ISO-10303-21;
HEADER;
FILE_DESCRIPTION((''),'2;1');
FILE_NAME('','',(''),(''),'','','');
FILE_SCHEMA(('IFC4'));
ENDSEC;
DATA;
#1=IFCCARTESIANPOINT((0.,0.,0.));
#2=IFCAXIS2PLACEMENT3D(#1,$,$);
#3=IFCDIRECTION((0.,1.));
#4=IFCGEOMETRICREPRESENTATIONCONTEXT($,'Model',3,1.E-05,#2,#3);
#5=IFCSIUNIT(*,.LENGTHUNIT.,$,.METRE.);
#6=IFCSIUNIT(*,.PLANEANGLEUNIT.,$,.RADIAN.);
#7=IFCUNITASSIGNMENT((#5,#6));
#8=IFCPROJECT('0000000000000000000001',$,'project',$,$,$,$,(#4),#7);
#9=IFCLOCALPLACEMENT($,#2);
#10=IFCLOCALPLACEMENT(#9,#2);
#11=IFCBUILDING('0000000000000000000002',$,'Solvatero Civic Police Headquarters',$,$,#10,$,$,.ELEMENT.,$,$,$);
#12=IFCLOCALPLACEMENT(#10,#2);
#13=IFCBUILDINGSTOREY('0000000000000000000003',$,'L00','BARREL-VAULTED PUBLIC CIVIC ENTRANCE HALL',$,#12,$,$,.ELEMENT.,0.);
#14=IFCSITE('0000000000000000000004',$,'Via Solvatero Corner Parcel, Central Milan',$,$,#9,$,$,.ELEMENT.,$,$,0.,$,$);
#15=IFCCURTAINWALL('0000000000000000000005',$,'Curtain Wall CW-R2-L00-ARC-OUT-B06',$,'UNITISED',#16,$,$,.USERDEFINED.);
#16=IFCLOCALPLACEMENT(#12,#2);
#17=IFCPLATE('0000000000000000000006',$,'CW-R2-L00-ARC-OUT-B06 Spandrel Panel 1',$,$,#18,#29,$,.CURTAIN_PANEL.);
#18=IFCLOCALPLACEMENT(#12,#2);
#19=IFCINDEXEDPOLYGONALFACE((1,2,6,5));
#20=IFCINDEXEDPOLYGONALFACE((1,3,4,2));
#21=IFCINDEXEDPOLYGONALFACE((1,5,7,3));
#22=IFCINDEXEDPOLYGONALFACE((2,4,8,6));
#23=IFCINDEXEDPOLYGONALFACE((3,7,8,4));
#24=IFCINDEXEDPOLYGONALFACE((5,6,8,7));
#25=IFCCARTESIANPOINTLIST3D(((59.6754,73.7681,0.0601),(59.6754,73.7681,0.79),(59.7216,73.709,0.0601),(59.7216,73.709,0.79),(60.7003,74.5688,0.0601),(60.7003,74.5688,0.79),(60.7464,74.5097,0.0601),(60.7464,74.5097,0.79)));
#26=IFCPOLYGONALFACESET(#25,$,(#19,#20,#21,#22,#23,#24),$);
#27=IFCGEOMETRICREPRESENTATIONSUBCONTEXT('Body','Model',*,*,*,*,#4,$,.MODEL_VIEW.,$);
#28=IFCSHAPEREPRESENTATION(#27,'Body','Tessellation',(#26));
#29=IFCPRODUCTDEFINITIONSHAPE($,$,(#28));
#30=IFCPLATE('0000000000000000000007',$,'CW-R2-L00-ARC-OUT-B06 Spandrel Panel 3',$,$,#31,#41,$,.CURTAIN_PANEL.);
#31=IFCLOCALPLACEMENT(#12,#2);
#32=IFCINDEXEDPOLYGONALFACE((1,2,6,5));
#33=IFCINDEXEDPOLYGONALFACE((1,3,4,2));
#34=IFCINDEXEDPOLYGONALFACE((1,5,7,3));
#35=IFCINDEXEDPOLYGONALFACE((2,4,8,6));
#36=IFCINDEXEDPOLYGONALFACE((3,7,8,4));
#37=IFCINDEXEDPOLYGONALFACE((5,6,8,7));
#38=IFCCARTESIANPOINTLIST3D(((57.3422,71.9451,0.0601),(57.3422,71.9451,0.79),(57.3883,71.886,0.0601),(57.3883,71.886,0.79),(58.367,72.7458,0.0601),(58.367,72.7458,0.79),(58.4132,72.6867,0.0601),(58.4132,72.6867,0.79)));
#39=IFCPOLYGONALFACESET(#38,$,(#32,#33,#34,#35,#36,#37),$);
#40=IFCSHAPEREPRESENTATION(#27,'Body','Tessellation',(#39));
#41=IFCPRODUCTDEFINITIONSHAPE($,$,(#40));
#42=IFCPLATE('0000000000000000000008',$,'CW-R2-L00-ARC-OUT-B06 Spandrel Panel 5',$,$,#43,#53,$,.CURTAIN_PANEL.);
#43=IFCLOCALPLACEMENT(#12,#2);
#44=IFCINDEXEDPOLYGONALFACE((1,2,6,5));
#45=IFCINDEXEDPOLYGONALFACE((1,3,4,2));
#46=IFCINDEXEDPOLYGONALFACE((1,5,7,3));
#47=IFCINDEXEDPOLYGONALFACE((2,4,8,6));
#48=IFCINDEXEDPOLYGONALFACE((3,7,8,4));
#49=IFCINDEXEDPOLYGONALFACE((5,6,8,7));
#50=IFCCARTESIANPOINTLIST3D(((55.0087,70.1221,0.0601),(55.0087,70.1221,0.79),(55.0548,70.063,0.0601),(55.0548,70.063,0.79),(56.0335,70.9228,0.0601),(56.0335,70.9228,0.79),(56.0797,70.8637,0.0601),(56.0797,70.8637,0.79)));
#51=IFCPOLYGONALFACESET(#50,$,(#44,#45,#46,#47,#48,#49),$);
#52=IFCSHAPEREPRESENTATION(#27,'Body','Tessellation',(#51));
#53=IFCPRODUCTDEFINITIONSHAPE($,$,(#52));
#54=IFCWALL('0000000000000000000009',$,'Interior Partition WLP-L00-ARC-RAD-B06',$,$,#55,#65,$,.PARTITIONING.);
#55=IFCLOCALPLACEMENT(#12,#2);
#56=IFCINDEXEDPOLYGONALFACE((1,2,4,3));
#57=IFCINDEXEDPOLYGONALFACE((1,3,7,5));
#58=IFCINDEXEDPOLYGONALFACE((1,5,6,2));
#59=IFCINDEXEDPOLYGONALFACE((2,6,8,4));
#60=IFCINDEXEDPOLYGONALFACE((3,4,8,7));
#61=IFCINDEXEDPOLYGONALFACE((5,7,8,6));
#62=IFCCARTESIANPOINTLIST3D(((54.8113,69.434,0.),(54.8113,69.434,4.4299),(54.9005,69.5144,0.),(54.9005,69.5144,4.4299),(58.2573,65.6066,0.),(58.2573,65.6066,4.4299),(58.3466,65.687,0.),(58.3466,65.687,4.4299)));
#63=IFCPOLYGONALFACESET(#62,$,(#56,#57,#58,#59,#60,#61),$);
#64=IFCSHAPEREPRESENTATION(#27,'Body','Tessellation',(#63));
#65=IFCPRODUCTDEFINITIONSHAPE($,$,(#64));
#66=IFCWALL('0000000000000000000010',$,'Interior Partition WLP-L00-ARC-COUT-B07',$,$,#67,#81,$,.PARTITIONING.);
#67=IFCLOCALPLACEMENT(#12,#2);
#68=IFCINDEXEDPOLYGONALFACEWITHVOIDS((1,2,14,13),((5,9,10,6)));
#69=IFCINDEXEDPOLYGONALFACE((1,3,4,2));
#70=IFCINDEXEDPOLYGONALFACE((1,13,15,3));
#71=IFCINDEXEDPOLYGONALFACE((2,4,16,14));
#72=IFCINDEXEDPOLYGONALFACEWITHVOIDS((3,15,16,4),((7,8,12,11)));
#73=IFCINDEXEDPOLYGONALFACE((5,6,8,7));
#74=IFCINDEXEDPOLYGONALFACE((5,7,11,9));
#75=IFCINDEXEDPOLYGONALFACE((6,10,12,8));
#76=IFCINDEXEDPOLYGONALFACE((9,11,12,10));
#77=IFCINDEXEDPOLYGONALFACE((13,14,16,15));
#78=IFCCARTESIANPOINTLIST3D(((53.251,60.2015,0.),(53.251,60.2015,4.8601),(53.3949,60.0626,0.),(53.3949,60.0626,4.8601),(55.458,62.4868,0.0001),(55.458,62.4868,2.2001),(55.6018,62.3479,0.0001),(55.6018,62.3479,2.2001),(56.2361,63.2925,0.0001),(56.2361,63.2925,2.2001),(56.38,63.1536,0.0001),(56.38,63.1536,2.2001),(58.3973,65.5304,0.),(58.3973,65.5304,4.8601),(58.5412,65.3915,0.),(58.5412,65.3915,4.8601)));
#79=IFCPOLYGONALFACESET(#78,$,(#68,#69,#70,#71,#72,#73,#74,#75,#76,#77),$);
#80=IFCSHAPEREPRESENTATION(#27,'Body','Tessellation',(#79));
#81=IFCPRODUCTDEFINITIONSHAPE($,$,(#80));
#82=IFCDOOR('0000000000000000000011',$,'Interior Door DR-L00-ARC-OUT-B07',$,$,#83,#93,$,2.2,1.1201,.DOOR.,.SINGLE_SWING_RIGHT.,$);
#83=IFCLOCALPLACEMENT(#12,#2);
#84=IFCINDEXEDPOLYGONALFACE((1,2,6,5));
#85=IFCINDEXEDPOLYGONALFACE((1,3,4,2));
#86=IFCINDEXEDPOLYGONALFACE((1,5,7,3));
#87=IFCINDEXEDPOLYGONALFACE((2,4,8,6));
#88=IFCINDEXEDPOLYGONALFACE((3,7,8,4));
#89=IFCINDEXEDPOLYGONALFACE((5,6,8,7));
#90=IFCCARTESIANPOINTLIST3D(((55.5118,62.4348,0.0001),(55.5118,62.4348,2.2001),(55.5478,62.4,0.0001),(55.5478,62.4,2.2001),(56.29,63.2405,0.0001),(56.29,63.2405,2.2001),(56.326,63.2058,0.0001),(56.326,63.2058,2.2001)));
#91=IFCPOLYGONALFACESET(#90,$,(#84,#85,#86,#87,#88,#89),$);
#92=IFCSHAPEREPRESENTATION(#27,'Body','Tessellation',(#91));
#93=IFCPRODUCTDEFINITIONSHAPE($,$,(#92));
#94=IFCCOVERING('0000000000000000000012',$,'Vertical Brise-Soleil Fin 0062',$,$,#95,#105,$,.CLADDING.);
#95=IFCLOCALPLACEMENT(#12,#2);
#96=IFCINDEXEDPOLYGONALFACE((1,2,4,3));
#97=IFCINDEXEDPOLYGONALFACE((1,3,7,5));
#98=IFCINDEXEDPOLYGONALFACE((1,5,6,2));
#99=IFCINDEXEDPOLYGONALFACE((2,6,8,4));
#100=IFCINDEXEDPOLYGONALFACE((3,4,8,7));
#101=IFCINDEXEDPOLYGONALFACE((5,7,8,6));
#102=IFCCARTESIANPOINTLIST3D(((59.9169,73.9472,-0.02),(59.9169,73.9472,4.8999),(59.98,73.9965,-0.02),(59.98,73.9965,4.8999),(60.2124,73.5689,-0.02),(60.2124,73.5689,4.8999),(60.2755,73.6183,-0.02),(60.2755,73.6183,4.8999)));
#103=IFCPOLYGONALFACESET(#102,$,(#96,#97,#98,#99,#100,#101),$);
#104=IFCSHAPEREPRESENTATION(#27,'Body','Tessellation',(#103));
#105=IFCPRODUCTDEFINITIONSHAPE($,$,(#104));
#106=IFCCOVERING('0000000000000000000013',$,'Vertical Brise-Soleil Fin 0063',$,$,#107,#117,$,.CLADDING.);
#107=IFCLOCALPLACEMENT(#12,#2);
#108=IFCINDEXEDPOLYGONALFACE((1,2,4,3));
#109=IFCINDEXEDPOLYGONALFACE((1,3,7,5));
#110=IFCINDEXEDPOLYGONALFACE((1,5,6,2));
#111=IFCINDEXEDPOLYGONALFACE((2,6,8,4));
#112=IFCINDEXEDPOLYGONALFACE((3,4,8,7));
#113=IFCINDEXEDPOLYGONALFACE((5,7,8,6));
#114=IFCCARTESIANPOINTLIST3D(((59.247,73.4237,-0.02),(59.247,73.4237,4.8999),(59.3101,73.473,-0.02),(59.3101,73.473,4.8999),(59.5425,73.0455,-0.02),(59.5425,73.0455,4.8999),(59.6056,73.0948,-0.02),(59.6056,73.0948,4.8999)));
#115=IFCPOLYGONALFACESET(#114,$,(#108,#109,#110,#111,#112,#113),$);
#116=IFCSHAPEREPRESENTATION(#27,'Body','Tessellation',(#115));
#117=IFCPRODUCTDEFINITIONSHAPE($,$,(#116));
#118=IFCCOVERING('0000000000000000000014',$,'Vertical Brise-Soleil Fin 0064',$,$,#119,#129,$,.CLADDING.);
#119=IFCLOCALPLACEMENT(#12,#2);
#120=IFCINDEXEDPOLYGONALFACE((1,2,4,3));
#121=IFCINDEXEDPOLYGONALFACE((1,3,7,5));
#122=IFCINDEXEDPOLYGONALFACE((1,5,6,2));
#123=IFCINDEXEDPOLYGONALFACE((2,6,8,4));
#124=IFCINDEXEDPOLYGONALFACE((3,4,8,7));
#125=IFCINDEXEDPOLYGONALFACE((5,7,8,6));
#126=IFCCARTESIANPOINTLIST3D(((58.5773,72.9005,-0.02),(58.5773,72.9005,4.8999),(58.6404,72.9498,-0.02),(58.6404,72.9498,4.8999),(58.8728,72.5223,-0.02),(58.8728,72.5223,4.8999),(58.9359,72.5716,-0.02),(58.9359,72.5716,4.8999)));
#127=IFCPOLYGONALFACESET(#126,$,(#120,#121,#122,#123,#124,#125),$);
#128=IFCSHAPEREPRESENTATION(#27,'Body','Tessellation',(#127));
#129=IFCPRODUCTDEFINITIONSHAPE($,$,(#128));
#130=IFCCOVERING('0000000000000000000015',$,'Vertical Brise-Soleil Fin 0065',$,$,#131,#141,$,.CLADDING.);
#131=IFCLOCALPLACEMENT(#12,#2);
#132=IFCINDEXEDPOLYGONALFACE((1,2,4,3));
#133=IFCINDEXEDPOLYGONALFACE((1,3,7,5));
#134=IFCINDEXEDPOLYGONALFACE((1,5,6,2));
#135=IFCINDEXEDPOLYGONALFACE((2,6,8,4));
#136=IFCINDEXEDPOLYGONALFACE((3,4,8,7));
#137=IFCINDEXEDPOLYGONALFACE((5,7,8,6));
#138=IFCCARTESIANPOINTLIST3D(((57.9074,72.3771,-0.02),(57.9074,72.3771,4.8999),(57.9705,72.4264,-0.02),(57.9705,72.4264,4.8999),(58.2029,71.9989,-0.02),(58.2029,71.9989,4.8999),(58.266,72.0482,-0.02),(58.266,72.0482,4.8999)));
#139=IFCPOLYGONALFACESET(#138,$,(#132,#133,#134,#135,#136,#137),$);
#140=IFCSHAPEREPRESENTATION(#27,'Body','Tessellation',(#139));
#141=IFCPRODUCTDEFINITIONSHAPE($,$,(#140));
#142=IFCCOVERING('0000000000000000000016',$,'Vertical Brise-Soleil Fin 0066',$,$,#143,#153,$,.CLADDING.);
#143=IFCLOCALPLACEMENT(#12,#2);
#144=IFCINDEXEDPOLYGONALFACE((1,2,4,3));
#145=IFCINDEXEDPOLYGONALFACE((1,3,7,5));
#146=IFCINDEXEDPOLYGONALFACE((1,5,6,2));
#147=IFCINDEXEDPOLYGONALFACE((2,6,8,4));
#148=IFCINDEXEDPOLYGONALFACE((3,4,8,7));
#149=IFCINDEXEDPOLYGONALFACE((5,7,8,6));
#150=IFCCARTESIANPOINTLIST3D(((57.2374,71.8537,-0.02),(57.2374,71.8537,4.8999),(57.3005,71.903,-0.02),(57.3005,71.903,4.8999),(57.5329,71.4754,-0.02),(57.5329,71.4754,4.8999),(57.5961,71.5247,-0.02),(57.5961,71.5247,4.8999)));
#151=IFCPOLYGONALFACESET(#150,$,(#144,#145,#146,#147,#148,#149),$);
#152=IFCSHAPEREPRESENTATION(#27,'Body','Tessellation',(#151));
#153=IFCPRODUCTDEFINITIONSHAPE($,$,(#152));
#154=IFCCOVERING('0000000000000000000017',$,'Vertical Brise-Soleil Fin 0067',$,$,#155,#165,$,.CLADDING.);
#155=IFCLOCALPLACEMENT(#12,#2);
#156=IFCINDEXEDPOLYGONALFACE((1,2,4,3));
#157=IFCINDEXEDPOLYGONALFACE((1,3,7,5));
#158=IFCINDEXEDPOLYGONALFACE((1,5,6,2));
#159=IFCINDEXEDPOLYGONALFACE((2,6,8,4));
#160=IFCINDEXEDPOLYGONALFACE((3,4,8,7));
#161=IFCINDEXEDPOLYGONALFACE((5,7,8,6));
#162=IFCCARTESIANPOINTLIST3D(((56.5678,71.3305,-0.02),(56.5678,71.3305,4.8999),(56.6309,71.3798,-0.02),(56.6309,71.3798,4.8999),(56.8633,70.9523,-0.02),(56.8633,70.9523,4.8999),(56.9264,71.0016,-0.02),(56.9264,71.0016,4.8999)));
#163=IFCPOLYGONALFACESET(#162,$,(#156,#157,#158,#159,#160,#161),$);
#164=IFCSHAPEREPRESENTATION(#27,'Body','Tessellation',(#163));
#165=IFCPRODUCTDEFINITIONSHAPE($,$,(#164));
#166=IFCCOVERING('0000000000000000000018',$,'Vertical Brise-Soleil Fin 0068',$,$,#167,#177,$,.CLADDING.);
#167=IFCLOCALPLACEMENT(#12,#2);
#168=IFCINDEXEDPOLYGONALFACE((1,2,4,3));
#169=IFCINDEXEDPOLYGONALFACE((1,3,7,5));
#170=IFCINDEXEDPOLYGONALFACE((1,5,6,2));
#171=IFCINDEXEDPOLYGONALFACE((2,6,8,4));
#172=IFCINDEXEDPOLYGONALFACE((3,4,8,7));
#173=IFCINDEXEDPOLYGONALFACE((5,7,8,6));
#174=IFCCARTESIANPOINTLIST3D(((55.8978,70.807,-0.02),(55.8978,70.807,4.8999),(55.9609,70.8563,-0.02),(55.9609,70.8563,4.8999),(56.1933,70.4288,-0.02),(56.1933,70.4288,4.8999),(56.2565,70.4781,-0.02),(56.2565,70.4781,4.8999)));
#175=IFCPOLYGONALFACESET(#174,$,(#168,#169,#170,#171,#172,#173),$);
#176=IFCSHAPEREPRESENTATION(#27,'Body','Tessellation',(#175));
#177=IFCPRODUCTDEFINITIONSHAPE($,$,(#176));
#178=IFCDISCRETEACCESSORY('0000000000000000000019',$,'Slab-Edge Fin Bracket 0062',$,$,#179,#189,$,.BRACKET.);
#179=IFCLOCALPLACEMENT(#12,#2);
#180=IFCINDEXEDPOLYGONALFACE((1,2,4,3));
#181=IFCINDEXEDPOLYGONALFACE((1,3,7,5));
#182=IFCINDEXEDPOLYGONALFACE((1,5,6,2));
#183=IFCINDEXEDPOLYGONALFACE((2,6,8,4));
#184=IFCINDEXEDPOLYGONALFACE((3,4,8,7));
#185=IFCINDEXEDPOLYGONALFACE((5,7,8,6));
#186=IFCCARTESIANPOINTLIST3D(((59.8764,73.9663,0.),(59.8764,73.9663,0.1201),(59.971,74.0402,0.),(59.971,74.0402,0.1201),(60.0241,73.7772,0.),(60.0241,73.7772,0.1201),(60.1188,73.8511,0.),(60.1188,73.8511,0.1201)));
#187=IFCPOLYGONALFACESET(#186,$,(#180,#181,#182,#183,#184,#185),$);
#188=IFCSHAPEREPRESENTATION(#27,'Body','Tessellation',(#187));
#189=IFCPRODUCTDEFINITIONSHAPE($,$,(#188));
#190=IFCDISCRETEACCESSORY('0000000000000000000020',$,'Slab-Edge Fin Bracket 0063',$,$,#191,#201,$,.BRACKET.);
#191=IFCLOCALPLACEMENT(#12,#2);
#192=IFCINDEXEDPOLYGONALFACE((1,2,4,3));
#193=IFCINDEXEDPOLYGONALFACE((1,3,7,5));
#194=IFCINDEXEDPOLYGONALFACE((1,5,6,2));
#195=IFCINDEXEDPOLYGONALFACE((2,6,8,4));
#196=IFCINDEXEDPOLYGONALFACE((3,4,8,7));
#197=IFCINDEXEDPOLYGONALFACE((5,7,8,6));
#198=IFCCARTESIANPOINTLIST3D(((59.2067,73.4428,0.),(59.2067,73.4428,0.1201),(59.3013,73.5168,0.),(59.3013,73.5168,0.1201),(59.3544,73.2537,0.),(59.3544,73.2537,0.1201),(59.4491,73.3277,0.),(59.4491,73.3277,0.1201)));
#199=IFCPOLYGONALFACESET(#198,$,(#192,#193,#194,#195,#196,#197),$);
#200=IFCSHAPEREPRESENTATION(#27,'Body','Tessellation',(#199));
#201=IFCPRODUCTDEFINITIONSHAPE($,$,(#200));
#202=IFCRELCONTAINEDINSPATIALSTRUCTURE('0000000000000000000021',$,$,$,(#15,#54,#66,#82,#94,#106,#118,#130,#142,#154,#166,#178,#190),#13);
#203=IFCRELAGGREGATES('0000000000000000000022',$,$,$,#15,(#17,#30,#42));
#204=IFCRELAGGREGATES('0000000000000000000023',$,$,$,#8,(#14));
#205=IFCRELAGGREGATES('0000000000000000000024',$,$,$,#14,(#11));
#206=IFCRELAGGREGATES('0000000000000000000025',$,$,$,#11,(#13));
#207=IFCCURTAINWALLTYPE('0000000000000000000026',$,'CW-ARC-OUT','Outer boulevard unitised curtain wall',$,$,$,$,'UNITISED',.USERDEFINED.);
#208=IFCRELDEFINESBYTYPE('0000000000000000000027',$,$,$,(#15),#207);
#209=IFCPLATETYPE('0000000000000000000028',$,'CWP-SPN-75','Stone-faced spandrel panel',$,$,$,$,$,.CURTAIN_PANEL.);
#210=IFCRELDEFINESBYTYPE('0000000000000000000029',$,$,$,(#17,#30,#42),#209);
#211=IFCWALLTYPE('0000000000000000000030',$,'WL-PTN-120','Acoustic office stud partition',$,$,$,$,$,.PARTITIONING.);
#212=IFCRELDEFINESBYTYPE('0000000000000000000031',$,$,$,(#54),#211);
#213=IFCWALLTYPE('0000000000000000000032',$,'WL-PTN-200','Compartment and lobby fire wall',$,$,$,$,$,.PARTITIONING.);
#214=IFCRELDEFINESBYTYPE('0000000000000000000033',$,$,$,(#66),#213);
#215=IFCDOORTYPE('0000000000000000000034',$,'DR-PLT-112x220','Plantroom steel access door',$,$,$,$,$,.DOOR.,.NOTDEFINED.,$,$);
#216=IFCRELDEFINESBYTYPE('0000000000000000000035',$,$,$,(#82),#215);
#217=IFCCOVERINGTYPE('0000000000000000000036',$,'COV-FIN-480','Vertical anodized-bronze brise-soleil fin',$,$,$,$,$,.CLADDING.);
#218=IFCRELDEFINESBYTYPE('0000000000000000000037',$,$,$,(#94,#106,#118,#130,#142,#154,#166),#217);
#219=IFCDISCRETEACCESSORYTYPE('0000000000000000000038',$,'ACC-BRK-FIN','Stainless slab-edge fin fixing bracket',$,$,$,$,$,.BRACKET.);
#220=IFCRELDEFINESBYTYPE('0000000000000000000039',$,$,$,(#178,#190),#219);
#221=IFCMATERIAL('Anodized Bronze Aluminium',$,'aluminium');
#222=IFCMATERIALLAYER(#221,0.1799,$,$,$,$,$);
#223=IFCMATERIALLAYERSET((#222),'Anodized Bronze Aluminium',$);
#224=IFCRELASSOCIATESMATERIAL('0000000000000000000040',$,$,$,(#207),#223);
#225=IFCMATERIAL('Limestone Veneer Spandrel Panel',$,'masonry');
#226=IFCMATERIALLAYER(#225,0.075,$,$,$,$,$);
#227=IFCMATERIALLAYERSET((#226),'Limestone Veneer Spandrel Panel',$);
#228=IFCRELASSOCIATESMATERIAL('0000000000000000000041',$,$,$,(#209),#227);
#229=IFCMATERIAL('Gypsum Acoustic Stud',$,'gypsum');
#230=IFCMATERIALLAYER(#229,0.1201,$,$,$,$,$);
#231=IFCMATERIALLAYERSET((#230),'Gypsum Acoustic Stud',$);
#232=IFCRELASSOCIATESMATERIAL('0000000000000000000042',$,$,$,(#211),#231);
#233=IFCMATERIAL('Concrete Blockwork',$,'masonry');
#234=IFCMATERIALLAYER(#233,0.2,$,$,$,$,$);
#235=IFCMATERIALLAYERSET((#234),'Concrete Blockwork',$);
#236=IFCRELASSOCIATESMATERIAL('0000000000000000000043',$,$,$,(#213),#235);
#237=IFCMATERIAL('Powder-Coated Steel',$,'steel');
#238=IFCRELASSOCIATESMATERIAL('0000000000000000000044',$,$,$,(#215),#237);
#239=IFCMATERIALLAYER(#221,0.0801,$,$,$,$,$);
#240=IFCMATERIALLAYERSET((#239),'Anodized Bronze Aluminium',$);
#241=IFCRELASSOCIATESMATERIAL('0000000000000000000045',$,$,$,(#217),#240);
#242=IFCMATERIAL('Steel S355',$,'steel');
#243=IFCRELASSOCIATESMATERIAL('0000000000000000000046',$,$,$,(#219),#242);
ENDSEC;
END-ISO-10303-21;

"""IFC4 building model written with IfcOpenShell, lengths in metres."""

from ifc_helpers import new_model, si_unit, direction, frame, frame_2d, origin, origin_2d, place, context, subcontext, project, spatial, rectangle, extrude, material, layer, layer_set, type_object, element, fill, aggregate, save


model = new_model("IFC4")

# Units and contexts
model_context = context("Model", 3, precision=1e-05, world=origin(), true_north=direction((0.0, 1.0)))
body_context = subcontext(model_context, "Body", "Model", "MODEL_VIEW")
ifc_project = project(units=[si_unit("LENGTHUNIT", "METRE"), si_unit("PLANEANGLEUNIT", "RADIAN")], contexts=[model_context])

# Site, building, storey
site_placement = place(None, origin())
site = spatial("IfcSite", under=ifc_project, at=site_placement, Name="Via Solvatero Corner Parcel, Central Milan", CompositionType="ELEMENT", RefElevation=0.0)
building_placement = place(site_placement, origin())
building = spatial("IfcBuilding", under=site, at=building_placement, Name="Solvatero Civic Police Headquarters", CompositionType="ELEMENT")
storey_placement = place(building_placement, origin())
storey = spatial("IfcBuildingStorey", under=building, at=storey_placement, Name="L00", Description="BARREL-VAULTED PUBLIC CIVIC ENTRANCE HALL", CompositionType="ELEMENT", Elevation=0.0)

# Shared definitions
ifc_material_1 = material(Name="Steel S355", Category="steel")

# Curtain wall, plates
ifc_material_2 = material(Name="Anodized Bronze Aluminium", Category="aluminium")
ifc_layer_1 = layer(ifc_material_2, 0.1799)
ifc_layer_set_1 = layer_set([ifc_layer_1], Name="Anodized Bronze Aluminium")
curtain_wall_type = type_object("IfcCurtainWallType", Name="CW-ARC-OUT", Description="Outer boulevard unitised curtain wall", ElementType="UNITISED", PredefinedType="USERDEFINED", material=ifc_layer_set_1)
curtain_wall_placement = place(storey_placement, origin())
curtain_wall = element("IfcCurtainWall", 1, at=curtain_wall_placement, inside=storey, type_object=curtain_wall_type, Name="Curtain Wall CW-R2-L00-ARC-OUT-B06", ObjectType="UNITISED", PredefinedType="USERDEFINED")
ifc_material_3 = material(Name="Limestone Veneer Spandrel Panel", Category="masonry")
ifc_layer_2 = layer(ifc_material_3, 0.075)
ifc_layer_set_2 = layer_set([ifc_layer_2], Name="Limestone Veneer Spandrel Panel")
plate_type_1 = type_object("IfcPlateType", Name="CWP-SPN-75", Description="Stone-faced spandrel panel", PredefinedType="CURTAIN_PANEL", material=ifc_layer_set_2)
plate_1_placement = place(storey_placement, frame((60.2109, 74.1389, 0.0601), z_axis=(0.0, 0.0, 1.0), x_axis=(-0.788011, -0.615661, 0.0)))
plate_1 = element("IfcPlate", 2, at=plate_1_placement, type_object=plate_type_1, Name="CW-R2-L00-ARC-OUT-B06 Spandrel Panel 1", PredefinedType="CURTAIN_PANEL", context=body_context, shape_type="SweptSolid", body=[
    extrude(rectangle(XDim=1.3005, YDim=0.075, at=origin_2d()), origin(), (0.0, 0.0, 1.0), 0.73),
])
plate_2_placement = place(storey_placement, frame((57.8777, 72.3159, 0.0601), z_axis=(0.0, 0.0, 1.0), x_axis=(-0.788011, -0.615661, 0.0)))
plate_2 = element("IfcPlate", 3, at=plate_2_placement, type_object=plate_type_1, Name="CW-R2-L00-ARC-OUT-B06 Spandrel Panel 3", PredefinedType="CURTAIN_PANEL", context=body_context, shape_type="SweptSolid", body=[
    extrude(rectangle(XDim=1.3005, YDim=0.075, at=origin_2d()), origin(), (0.0, 0.0, 1.0), 0.73),
])
plate_3_placement = place(storey_placement, frame((55.5442, 70.4929, 0.0601), z_axis=(0.0, 0.0, 1.0), x_axis=(-0.788011, -0.615661, 0.0)))
plate_3 = element("IfcPlate", 4, at=plate_3_placement, type_object=plate_type_1, Name="CW-R2-L00-ARC-OUT-B06 Spandrel Panel 5", PredefinedType="CURTAIN_PANEL", context=body_context, shape_type="SweptSolid", body=[
    extrude(rectangle(XDim=1.3005, YDim=0.075, at=origin_2d()), origin(), (0.0, 0.0, 1.0), 0.73),
])
aggregate(curtain_wall, [plate_1, plate_2, plate_3])

# Wall
ifc_material_4 = material(Name="Gypsum Acoustic Stud", Category="gypsum")
ifc_layer_3 = layer(ifc_material_4, 0.1201)
ifc_layer_set_3 = layer_set([ifc_layer_3], Name="Gypsum Acoustic Stud")
wall_type_1 = type_object("IfcWallType", Name="WL-PTN-120", Description="Acoustic office stud partition", PredefinedType="PARTITIONING", material=ifc_layer_set_3)
wall_1_placement = place(storey_placement, frame((58.302, 65.6467, 0.0), z_axis=(0.0, 0.0, 1.0), x_axis=(-0.669114, 0.74316, 0.0)))
element("IfcWall", 5, at=wall_1_placement, inside=storey, type_object=wall_type_1, Name="Interior Partition WLP-L00-ARC-RAD-B06", PredefinedType="PARTITIONING", context=body_context, shape_type="SweptSolid", body=[
    extrude(rectangle(XDim=5.1501, YDim=0.1201, at=frame_2d((2.5752, 0.0))), origin(), (0.0, 0.0, 1.0), 4.4299),
])

# Wall, opening, door
ifc_material_5 = material(Name="Concrete Blockwork", Category="masonry")
ifc_layer_4 = layer(ifc_material_5, 0.2)
ifc_layer_set_4 = layer_set([ifc_layer_4], Name="Concrete Blockwork")
wall_type_2 = type_object("IfcWallType", Name="WL-PTN-200", Description="Compartment and lobby fire wall", PredefinedType="PARTITIONING", material=ifc_layer_set_4)
wall_2_placement = place(storey_placement, frame((58.4692, 65.4609, 0.0), z_axis=(0.0, 0.0, 1.0), x_axis=(-0.694674, -0.719325, 0.0)))
wall_2 = element("IfcWall", 6, at=wall_2_placement, inside=storey, type_object=wall_type_2, Name="Interior Partition WLP-L00-ARC-COUT-B07", PredefinedType="PARTITIONING", context=body_context, shape_type="SweptSolid", body=[
    extrude(rectangle(XDim=7.4082, YDim=0.2, at=frame_2d((3.7041, 0.0))), origin(), (0.0, 0.0, 1.0), 4.8601),
])
opening_placement = place(wall_2_placement, frame((3.1111, 0.0, 0.0)))
opening = element("IfcOpeningElement", 7, at=opening_placement, cuts=wall_2, PredefinedType="OPENING", context=body_context, shape_type="SweptSolid", body=[
    extrude(rectangle(XDim=1.1201, YDim=2.2, at=frame_2d((0.5601, 1.1001))), frame((0.0, 0.1099, 0.0), z_axis=(0.0, -1.0, 0.0), x_axis=(1.0, 0.0, 0.0)), (0.0, 0.0, 1.0), 0.22),
])
ifc_material_6 = material(Name="Powder-Coated Steel", Category="steel")
door_type = type_object("IfcDoorType", Name="DR-PLT-112x220", Description="Plantroom steel access door", OperationType="NOTDEFINED", PredefinedType="DOOR", material=ifc_material_6)
door_placement = place(opening_placement, origin())
door = element("IfcDoor", 8, at=door_placement, inside=storey, type_object=door_type, Name="Interior Door DR-L00-ARC-OUT-B07", OperationType="SINGLE_SWING_RIGHT", OverallHeight=2.2, OverallWidth=1.1201, PredefinedType="DOOR", context=body_context, shape_type="SweptSolid", body=[
    extrude(rectangle(XDim=1.1201, YDim=2.2, at=frame_2d((0.5601, 1.1001))), frame((0.0, 0.0249, 0.0), z_axis=(0.0, -1.0, 0.0), x_axis=(1.0, 0.0, 0.0)), (0.0, 0.0, 1.0), 0.05),
])
fill(opening, door)

# Coverings
ifc_layer_5 = layer(ifc_material_2, 0.0801)
ifc_layer_set_5 = layer_set([ifc_layer_5], Name="Anodized Bronze Aluminium")
covering_type = type_object("IfcCoveringType", Name="COV-FIN-480", Description="Vertical anodized-bronze brise-soleil fin", PredefinedType="CLADDING", material=ifc_layer_set_5)
for number, where, z_axis, x_axis, name in (
    (9, (60.0962, 73.7827, -0.02), (0.0, 0.0, 1.0), (-0.788011, -0.615661, 0.0), "Vertical Brise-Soleil Fin 0062"),
    (10, (59.4263, 73.2593, -0.02), (0.0, 0.0, 1.0), (-0.788011, -0.615661, 0.0), "Vertical Brise-Soleil Fin 0063"),
    (11, (58.7566, 72.7361, -0.02), (0.0, 0.0, 1.0), (-0.788011, -0.615661, 0.0), "Vertical Brise-Soleil Fin 0064"),
    (12, (58.0867, 72.2126, -0.02), (0.0, 0.0, 1.0), (-0.788011, -0.615661, 0.0), "Vertical Brise-Soleil Fin 0065"),
    (13, (57.4167, 71.6892, -0.02), (0.0, 0.0, 1.0), (-0.788011, -0.615661, 0.0), "Vertical Brise-Soleil Fin 0066"),
    (14, (56.7471, 71.166, -0.02), (0.0, 0.0, 1.0), (-0.788011, -0.615661, 0.0), "Vertical Brise-Soleil Fin 0067"),
    (15, (56.0771, 70.6426, -0.02), (0.0, 0.0, 1.0), (-0.788011, -0.615661, 0.0), "Vertical Brise-Soleil Fin 0068"),
):
    element("IfcCovering", number, at=place(storey_placement, frame(where, z_axis=z_axis, x_axis=x_axis)), inside=storey, type_object=covering_type, Name=name, PredefinedType="CLADDING", context=body_context, shape_type="SweptSolid", body=[
        extrude(rectangle(XDim=0.0801, YDim=0.48, at=origin_2d()), origin(), (0.0, 0.0, 1.0), 4.9199),
    ])

# Discrete accessories
discrete_accessory_type = type_object("IfcDiscreteAccessoryType", Name="ACC-BRK-FIN", Description="Stainless slab-edge fin fixing bracket", PredefinedType="BRACKET", material=ifc_material_1)
for number, where, z_axis, x_axis, name in (
    (16, (59.9976, 73.9087, 0.0), (0.0, 0.0, 1.0), (-0.788011, -0.615661, 0.0), "Slab-Edge Fin Bracket 0062"),
    (17, (59.3279, 73.3853, 0.0), (0.0, 0.0, 1.0), (-0.788011, -0.615661, 0.0), "Slab-Edge Fin Bracket 0063"),
):
    element("IfcDiscreteAccessory", number, at=place(storey_placement, frame(where, z_axis=z_axis, x_axis=x_axis)), inside=storey, type_object=discrete_accessory_type, Name=name, PredefinedType="BRACKET", context=body_context, shape_type="SweptSolid", body=[
        extrude(rectangle(XDim=0.1201, YDim=0.24, at=origin_2d()), origin(), (0.0, 0.0, 1.0), 0.1201),
    ])

save(model, "model.ifc")
